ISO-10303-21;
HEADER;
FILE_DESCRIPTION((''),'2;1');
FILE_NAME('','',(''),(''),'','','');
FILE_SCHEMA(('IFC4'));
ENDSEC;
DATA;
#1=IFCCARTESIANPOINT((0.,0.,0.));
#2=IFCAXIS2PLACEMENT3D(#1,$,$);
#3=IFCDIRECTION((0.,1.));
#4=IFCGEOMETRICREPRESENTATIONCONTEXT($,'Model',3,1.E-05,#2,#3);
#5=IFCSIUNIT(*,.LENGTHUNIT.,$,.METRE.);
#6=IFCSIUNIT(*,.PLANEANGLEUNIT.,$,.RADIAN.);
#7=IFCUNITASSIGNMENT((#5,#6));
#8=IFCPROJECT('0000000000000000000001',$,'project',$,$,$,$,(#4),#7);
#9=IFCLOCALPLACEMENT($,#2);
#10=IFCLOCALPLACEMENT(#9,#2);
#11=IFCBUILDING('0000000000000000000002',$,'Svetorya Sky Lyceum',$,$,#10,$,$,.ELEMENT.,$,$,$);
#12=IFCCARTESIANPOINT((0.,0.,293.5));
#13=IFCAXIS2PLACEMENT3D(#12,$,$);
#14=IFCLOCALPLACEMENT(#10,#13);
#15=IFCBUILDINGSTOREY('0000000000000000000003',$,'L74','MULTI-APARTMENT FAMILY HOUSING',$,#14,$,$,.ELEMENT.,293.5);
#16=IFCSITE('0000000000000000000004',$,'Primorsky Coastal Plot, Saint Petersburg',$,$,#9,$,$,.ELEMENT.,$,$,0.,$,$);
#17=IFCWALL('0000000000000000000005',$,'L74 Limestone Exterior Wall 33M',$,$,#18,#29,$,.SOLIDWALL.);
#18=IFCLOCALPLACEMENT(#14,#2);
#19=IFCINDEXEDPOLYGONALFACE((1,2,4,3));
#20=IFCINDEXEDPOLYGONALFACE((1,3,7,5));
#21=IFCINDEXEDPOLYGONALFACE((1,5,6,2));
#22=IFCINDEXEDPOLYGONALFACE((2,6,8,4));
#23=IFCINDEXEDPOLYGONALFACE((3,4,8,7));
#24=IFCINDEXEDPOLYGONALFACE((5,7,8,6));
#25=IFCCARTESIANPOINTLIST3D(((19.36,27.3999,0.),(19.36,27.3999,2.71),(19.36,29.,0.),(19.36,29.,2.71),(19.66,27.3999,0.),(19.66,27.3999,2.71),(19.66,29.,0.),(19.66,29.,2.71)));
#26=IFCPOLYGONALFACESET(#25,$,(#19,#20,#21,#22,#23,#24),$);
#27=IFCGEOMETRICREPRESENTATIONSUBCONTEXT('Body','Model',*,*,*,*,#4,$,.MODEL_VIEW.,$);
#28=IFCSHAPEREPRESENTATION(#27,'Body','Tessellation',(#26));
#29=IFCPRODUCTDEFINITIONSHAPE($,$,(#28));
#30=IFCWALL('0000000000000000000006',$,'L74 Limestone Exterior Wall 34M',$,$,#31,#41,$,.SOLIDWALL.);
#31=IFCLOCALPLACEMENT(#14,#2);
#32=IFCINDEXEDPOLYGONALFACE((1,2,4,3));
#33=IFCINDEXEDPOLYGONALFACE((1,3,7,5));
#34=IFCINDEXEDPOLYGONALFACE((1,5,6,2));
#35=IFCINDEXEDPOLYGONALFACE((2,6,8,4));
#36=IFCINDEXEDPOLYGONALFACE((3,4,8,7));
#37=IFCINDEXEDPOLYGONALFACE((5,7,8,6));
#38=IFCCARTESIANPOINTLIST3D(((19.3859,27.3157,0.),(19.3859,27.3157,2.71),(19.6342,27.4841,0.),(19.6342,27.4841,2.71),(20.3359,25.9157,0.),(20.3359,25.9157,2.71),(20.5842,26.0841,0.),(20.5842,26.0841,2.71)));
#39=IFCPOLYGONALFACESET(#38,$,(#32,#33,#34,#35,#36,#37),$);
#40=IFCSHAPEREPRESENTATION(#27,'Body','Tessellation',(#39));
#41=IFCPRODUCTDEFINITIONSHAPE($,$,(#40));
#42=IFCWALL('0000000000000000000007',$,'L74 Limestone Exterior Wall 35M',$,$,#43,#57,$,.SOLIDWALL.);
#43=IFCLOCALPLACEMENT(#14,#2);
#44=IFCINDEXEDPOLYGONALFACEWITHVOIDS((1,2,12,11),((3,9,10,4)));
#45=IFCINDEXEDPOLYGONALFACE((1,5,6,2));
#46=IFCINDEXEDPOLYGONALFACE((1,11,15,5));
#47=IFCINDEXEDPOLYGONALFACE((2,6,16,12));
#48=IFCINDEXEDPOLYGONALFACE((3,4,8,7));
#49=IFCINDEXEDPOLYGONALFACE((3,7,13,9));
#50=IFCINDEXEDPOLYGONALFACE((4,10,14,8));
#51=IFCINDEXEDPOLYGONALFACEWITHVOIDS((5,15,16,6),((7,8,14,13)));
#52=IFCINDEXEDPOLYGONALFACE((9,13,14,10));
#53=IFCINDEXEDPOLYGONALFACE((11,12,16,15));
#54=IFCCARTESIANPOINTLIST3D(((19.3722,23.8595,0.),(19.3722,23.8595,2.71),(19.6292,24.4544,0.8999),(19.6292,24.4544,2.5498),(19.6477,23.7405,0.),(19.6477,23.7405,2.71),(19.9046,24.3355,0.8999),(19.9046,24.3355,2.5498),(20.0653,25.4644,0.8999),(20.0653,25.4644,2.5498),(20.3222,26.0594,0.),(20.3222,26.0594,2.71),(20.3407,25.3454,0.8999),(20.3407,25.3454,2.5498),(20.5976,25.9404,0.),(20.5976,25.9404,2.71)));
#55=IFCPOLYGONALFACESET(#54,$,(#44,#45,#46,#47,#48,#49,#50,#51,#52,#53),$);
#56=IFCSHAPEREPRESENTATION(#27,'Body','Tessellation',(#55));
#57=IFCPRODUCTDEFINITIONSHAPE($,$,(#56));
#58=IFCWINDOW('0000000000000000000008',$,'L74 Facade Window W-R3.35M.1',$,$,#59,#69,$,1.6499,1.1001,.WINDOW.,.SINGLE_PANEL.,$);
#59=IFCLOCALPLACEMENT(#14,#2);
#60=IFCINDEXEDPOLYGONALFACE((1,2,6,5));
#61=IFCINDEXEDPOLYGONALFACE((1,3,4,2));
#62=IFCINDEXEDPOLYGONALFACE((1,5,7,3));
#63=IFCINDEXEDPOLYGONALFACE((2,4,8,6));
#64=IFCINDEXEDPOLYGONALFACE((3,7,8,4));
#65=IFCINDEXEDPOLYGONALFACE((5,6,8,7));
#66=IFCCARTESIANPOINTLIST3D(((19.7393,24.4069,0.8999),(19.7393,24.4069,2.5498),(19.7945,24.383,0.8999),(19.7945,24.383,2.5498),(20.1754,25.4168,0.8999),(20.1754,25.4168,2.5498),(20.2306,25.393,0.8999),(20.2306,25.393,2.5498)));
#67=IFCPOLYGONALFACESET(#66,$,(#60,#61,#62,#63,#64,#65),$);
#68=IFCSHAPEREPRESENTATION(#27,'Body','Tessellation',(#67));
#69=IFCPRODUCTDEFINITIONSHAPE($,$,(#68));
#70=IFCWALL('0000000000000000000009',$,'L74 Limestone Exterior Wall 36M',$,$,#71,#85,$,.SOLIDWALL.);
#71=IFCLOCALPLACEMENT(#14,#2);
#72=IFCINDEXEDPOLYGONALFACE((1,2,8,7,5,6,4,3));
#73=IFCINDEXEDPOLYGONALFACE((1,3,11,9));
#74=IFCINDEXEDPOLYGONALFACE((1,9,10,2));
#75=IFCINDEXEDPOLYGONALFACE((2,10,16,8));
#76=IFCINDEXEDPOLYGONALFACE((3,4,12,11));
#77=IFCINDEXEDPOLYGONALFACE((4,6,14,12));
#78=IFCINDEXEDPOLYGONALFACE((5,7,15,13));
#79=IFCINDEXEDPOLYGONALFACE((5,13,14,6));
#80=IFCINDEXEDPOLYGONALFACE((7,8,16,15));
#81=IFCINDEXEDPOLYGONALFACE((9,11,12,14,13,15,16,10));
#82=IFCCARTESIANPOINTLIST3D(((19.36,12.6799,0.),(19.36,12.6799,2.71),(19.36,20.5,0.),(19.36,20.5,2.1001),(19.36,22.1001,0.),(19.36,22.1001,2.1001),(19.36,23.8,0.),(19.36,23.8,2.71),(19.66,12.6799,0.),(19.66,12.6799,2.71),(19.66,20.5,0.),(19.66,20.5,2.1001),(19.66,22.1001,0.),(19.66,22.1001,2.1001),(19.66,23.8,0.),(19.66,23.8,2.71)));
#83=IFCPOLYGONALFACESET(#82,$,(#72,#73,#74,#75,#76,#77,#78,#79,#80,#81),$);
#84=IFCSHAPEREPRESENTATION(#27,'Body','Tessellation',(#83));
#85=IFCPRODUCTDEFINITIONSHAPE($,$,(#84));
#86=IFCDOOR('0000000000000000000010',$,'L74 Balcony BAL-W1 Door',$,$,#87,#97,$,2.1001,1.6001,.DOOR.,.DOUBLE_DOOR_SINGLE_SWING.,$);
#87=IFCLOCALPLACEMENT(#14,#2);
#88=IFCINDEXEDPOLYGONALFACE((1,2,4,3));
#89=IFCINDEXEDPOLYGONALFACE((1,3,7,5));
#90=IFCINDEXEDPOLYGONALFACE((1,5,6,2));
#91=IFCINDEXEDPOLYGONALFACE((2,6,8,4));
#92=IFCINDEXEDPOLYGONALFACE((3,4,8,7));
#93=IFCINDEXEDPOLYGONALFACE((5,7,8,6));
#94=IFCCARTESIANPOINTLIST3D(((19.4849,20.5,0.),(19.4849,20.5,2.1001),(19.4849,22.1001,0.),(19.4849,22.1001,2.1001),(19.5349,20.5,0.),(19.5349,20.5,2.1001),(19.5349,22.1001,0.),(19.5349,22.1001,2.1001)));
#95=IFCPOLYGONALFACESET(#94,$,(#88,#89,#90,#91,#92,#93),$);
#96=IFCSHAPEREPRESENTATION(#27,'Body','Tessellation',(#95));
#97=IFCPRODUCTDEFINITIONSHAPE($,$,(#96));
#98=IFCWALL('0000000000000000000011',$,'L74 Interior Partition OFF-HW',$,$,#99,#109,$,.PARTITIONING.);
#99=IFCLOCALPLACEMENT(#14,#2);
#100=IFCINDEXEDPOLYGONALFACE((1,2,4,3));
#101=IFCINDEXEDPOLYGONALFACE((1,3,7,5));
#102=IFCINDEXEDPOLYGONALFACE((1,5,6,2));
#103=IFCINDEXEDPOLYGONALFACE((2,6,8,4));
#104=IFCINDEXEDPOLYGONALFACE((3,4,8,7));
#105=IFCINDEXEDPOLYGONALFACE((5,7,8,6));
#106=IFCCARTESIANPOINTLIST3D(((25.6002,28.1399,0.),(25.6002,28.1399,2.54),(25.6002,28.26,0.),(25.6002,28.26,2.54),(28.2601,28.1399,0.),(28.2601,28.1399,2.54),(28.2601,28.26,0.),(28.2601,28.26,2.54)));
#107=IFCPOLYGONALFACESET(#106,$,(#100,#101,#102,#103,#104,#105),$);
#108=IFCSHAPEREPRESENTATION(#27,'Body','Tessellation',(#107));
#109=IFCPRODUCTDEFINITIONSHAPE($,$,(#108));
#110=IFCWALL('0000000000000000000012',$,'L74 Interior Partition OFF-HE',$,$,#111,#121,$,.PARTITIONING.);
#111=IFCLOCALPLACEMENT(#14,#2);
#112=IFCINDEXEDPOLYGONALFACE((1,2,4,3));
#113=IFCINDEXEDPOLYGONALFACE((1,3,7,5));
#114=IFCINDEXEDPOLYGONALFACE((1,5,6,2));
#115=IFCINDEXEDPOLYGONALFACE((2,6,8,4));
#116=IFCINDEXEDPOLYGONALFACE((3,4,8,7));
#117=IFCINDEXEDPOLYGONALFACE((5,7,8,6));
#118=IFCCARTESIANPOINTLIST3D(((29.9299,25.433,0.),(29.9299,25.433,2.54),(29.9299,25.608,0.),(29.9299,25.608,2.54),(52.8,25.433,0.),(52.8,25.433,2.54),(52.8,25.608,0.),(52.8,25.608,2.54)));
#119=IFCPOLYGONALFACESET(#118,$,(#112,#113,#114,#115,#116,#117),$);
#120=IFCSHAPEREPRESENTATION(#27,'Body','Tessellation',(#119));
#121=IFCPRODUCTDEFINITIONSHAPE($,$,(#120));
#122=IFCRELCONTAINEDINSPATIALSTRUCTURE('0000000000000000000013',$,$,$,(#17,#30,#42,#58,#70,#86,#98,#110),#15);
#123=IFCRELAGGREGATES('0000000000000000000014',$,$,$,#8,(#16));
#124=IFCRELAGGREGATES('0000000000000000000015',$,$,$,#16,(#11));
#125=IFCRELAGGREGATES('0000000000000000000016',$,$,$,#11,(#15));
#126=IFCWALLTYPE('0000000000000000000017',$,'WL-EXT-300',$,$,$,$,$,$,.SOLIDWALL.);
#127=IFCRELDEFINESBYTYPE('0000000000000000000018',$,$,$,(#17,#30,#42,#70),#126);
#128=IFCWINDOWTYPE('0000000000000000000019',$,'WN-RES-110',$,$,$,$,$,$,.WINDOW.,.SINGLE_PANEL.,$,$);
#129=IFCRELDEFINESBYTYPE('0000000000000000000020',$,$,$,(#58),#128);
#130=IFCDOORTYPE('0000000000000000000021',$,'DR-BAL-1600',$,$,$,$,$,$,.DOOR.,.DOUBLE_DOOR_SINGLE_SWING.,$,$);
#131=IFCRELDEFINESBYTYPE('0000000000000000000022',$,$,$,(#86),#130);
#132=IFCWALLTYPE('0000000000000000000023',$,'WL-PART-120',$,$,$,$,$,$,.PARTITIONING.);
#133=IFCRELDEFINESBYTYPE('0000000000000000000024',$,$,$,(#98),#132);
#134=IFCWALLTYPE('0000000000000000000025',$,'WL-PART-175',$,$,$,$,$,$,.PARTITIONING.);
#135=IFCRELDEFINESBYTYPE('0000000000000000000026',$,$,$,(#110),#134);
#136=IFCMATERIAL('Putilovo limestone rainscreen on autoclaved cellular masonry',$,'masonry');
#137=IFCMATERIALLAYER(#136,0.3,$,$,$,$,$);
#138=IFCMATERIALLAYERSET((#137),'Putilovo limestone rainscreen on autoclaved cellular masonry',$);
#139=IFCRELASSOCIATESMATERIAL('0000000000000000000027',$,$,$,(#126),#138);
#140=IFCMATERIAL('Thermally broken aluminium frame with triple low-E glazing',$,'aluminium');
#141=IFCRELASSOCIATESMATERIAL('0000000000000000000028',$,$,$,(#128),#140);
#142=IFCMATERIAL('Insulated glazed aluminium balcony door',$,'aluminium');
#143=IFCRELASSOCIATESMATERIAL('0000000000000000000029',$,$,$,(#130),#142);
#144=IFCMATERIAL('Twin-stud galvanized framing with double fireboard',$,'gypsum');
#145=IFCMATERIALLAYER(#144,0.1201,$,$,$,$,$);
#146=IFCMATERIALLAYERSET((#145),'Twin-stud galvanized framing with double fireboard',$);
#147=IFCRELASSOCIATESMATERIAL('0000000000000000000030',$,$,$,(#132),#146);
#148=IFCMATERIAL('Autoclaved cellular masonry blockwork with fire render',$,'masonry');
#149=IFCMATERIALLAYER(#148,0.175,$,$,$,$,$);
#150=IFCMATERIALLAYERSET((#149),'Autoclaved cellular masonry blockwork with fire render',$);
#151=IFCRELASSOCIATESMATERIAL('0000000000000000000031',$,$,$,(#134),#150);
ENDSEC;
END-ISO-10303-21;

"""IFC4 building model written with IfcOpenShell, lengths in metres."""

from ifc_helpers import new_model, si_unit, direction, frame, frame_2d, origin, place, context, subcontext, project, spatial, rectangle, extrude, material, layer, layer_set, type_object, element, fill, save


model = new_model("IFC4")

# Units and contexts
model_context = context("Model", 3, precision=1e-05, world=origin(), true_north=direction((0.0, 1.0)))
body_context = subcontext(model_context, "Body", "Model", "MODEL_VIEW")
ifc_project = project(units=[si_unit("LENGTHUNIT", "METRE"), si_unit("PLANEANGLEUNIT", "RADIAN")], contexts=[model_context])

# Site, building, storey
site_placement = place(None, origin())
site = spatial("IfcSite", under=ifc_project, at=site_placement, Name="Primorsky Coastal Plot, Saint Petersburg", CompositionType="ELEMENT", RefElevation=0.0)
building_placement = place(site_placement, origin())
building = spatial("IfcBuilding", under=site, at=building_placement, Name="Svetorya Sky Lyceum", CompositionType="ELEMENT")
storey_placement = place(building_placement, frame((0.0, 0.0, 293.5)))
storey = spatial("IfcBuildingStorey", under=building, at=storey_placement, Name="L74", Description="MULTI-APARTMENT FAMILY HOUSING", CompositionType="ELEMENT", Elevation=293.5)

# Walls
ifc_material_1 = material(Name="Putilovo limestone rainscreen on autoclaved cellular masonry", Category="masonry")
ifc_layer_1 = layer(ifc_material_1, 0.3)
ifc_layer_set_1 = layer_set([ifc_layer_1], Name="Putilovo limestone rainscreen on autoclaved cellular masonry")
wall_type_1 = type_object("IfcWallType", Name="WL-EXT-300", PredefinedType="SOLIDWALL", material=ifc_layer_set_1)
wall_1_placement = place(storey_placement, frame((19.51, 29.0, 0.0), z_axis=(0.0, 0.0, 1.0), x_axis=(0.0, -1.0, 0.0)))
element("IfcWall", 1, at=wall_1_placement, inside=storey, type_object=wall_type_1, Name="L74 Limestone Exterior Wall 33M", PredefinedType="SOLIDWALL", context=body_context, shape_type="SweptSolid", body=[
    extrude(rectangle(XDim=1.6001, YDim=0.3, at=frame_2d((0.8, 0.0))), origin(), (0.0, 0.0, 1.0), 2.71),
])
wall_2_placement = place(storey_placement, frame((19.51, 27.3999, 0.0), z_axis=(0.0, 0.0, 1.0), x_axis=(0.561508, -0.827471, 0.0)))
element("IfcWall", 2, at=wall_2_placement, inside=storey, type_object=wall_type_1, Name="L74 Limestone Exterior Wall 34M", PredefinedType="SOLIDWALL", context=body_context, shape_type="SweptSolid", body=[
    extrude(rectangle(XDim=1.6919, YDim=0.3, at=frame_2d((0.8459, 0.0))), origin(), (0.0, 0.0, 1.0), 2.71),
])

# Wall, opening, window
wall_3_placement = place(storey_placement, frame((20.46, 26.0, 0.0), z_axis=(0.0, 0.0, 1.0), x_axis=(-0.396426, -0.918067, 0.0)))
wall_3 = element("IfcWall", 3, at=wall_3_placement, inside=storey, type_object=wall_type_1, Name="L74 Limestone Exterior Wall 35M", PredefinedType="SOLIDWALL", context=body_context, shape_type="SweptSolid", body=[
    extrude(rectangle(XDim=2.3962, YDim=0.3, at=frame_2d((1.1982, 0.0))), origin(), (0.0, 0.0, 1.0), 2.71),
])
opening_1_placement = place(wall_3_placement, frame((0.6482, 0.0, 0.8999)))
opening_1 = element("IfcOpeningElement", 4, at=opening_1_placement, cuts=wall_3, PredefinedType="OPENING", context=body_context, shape_type="SweptSolid", body=[
    extrude(rectangle(XDim=1.1001, YDim=1.6499, at=frame_2d((0.55, 0.825))), frame((0.0, 0.1599, 0.0), z_axis=(0.0, -1.0, 0.0), x_axis=(1.0, 0.0, 0.0)), (0.0, 0.0, 1.0), 0.3201),
])
ifc_material_2 = material(Name="Thermally broken aluminium frame with triple low-E glazing", Category="aluminium")
window_type = type_object("IfcWindowType", Name="WN-RES-110", PartitioningType="SINGLE_PANEL", PredefinedType="WINDOW", material=ifc_material_2)
window_placement = place(opening_1_placement, origin())
window = element("IfcWindow", 5, at=window_placement, inside=storey, type_object=window_type, Name="L74 Facade Window W-R3.35M.1", OverallHeight=1.6499, OverallWidth=1.1001, PartitioningType="SINGLE_PANEL", PredefinedType="WINDOW", context=body_context, shape_type="SweptSolid", body=[
    extrude(rectangle(XDim=1.1001, YDim=1.6499, at=frame_2d((0.55, 0.825))), frame((0.0, 0.03, 0.0), z_axis=(0.0, -1.0, 0.0), x_axis=(1.0, 0.0, 0.0)), (0.0, 0.0, 1.0), 0.0601),
])
fill(opening_1, window)

# Wall, opening, door
wall_4_placement = place(storey_placement, frame((19.51, 23.8, 0.0), z_axis=(0.0, 0.0, 1.0), x_axis=(0.0, -1.0, 0.0)))
wall_4 = element("IfcWall", 6, at=wall_4_placement, inside=storey, type_object=wall_type_1, Name="L74 Limestone Exterior Wall 36M", PredefinedType="SOLIDWALL", context=body_context, shape_type="SweptSolid", body=[
    extrude(rectangle(XDim=11.1201, YDim=0.3, at=frame_2d((5.5601, 0.0))), origin(), (0.0, 0.0, 1.0), 2.71),
])
opening_2_placement = place(wall_4_placement, frame((1.7, 0.0, 0.0)))
opening_2 = element("IfcOpeningElement", 7, at=opening_2_placement, cuts=wall_4, PredefinedType="OPENING", context=body_context, shape_type="SweptSolid", body=[
    extrude(rectangle(XDim=1.6001, YDim=2.1001, at=frame_2d((0.8, 1.05))), frame((0.0, 0.1599, 0.0), z_axis=(0.0, -1.0, 0.0), x_axis=(1.0, 0.0, 0.0)), (0.0, 0.0, 1.0), 0.3201),
])
ifc_material_3 = material(Name="Insulated glazed aluminium balcony door", Category="aluminium")
door_type = type_object("IfcDoorType", Name="DR-BAL-1600", OperationType="DOUBLE_DOOR_SINGLE_SWING", PredefinedType="DOOR", material=ifc_material_3)
door_placement = place(opening_2_placement, origin())
door = element("IfcDoor", 8, at=door_placement, inside=storey, type_object=door_type, Name="L74 Balcony BAL-W1 Door", OperationType="DOUBLE_DOOR_SINGLE_SWING", OverallHeight=2.1001, OverallWidth=1.6001, PredefinedType="DOOR", context=body_context, shape_type="SweptSolid", body=[
    extrude(rectangle(XDim=1.6001, YDim=2.1001, at=frame_2d((0.8, 1.05))), frame((0.0, 0.0249, 0.0), z_axis=(0.0, -1.0, 0.0), x_axis=(1.0, 0.0, 0.0)), (0.0, 0.0, 1.0), 0.05),
])
fill(opening_2, door)

# Walls
ifc_material_4 = material(Name="Twin-stud galvanized framing with double fireboard", Category="gypsum")
ifc_layer_2 = layer(ifc_material_4, 0.1201)
ifc_layer_set_2 = layer_set([ifc_layer_2], Name="Twin-stud galvanized framing with double fireboard")
wall_type_2 = type_object("IfcWallType", Name="WL-PART-120", PredefinedType="PARTITIONING", material=ifc_layer_set_2)
wall_5_placement = place(storey_placement, frame((25.6001, 28.2, 0.0), z_axis=(0.0, 0.0, 1.0), x_axis=(1.0, 0.0, 0.0)))
element("IfcWall", 9, at=wall_5_placement, inside=storey, type_object=wall_type_2, Name="L74 Interior Partition OFF-HW", PredefinedType="PARTITIONING", context=body_context, shape_type="SweptSolid", body=[
    extrude(rectangle(XDim=2.6599, YDim=0.1201, at=frame_2d((1.3301, 0.0))), origin(), (0.0, 0.0, 1.0), 2.54),
])
ifc_material_5 = material(Name="Autoclaved cellular masonry blockwork with fire render", Category="masonry")
ifc_layer_3 = layer(ifc_material_5, 0.175)
ifc_layer_set_3 = layer_set([ifc_layer_3], Name="Autoclaved cellular masonry blockwork with fire render")
wall_type_3 = type_object("IfcWallType", Name="WL-PART-175", PredefinedType="PARTITIONING", material=ifc_layer_set_3)
wall_6_placement = place(storey_placement, frame((29.9299, 25.5205, 0.0), z_axis=(0.0, 0.0, 1.0), x_axis=(1.0, 0.0, 0.0)))
element("IfcWall", 10, at=wall_6_placement, inside=storey, type_object=wall_type_3, Name="L74 Interior Partition OFF-HE", PredefinedType="PARTITIONING", context=body_context, shape_type="SweptSolid", body=[
    extrude(rectangle(XDim=22.8701, YDim=0.175, at=frame_2d((11.4351, 0.0))), origin(), (0.0, 0.0, 1.0), 2.54),
])

save(model, "model.ifc")
